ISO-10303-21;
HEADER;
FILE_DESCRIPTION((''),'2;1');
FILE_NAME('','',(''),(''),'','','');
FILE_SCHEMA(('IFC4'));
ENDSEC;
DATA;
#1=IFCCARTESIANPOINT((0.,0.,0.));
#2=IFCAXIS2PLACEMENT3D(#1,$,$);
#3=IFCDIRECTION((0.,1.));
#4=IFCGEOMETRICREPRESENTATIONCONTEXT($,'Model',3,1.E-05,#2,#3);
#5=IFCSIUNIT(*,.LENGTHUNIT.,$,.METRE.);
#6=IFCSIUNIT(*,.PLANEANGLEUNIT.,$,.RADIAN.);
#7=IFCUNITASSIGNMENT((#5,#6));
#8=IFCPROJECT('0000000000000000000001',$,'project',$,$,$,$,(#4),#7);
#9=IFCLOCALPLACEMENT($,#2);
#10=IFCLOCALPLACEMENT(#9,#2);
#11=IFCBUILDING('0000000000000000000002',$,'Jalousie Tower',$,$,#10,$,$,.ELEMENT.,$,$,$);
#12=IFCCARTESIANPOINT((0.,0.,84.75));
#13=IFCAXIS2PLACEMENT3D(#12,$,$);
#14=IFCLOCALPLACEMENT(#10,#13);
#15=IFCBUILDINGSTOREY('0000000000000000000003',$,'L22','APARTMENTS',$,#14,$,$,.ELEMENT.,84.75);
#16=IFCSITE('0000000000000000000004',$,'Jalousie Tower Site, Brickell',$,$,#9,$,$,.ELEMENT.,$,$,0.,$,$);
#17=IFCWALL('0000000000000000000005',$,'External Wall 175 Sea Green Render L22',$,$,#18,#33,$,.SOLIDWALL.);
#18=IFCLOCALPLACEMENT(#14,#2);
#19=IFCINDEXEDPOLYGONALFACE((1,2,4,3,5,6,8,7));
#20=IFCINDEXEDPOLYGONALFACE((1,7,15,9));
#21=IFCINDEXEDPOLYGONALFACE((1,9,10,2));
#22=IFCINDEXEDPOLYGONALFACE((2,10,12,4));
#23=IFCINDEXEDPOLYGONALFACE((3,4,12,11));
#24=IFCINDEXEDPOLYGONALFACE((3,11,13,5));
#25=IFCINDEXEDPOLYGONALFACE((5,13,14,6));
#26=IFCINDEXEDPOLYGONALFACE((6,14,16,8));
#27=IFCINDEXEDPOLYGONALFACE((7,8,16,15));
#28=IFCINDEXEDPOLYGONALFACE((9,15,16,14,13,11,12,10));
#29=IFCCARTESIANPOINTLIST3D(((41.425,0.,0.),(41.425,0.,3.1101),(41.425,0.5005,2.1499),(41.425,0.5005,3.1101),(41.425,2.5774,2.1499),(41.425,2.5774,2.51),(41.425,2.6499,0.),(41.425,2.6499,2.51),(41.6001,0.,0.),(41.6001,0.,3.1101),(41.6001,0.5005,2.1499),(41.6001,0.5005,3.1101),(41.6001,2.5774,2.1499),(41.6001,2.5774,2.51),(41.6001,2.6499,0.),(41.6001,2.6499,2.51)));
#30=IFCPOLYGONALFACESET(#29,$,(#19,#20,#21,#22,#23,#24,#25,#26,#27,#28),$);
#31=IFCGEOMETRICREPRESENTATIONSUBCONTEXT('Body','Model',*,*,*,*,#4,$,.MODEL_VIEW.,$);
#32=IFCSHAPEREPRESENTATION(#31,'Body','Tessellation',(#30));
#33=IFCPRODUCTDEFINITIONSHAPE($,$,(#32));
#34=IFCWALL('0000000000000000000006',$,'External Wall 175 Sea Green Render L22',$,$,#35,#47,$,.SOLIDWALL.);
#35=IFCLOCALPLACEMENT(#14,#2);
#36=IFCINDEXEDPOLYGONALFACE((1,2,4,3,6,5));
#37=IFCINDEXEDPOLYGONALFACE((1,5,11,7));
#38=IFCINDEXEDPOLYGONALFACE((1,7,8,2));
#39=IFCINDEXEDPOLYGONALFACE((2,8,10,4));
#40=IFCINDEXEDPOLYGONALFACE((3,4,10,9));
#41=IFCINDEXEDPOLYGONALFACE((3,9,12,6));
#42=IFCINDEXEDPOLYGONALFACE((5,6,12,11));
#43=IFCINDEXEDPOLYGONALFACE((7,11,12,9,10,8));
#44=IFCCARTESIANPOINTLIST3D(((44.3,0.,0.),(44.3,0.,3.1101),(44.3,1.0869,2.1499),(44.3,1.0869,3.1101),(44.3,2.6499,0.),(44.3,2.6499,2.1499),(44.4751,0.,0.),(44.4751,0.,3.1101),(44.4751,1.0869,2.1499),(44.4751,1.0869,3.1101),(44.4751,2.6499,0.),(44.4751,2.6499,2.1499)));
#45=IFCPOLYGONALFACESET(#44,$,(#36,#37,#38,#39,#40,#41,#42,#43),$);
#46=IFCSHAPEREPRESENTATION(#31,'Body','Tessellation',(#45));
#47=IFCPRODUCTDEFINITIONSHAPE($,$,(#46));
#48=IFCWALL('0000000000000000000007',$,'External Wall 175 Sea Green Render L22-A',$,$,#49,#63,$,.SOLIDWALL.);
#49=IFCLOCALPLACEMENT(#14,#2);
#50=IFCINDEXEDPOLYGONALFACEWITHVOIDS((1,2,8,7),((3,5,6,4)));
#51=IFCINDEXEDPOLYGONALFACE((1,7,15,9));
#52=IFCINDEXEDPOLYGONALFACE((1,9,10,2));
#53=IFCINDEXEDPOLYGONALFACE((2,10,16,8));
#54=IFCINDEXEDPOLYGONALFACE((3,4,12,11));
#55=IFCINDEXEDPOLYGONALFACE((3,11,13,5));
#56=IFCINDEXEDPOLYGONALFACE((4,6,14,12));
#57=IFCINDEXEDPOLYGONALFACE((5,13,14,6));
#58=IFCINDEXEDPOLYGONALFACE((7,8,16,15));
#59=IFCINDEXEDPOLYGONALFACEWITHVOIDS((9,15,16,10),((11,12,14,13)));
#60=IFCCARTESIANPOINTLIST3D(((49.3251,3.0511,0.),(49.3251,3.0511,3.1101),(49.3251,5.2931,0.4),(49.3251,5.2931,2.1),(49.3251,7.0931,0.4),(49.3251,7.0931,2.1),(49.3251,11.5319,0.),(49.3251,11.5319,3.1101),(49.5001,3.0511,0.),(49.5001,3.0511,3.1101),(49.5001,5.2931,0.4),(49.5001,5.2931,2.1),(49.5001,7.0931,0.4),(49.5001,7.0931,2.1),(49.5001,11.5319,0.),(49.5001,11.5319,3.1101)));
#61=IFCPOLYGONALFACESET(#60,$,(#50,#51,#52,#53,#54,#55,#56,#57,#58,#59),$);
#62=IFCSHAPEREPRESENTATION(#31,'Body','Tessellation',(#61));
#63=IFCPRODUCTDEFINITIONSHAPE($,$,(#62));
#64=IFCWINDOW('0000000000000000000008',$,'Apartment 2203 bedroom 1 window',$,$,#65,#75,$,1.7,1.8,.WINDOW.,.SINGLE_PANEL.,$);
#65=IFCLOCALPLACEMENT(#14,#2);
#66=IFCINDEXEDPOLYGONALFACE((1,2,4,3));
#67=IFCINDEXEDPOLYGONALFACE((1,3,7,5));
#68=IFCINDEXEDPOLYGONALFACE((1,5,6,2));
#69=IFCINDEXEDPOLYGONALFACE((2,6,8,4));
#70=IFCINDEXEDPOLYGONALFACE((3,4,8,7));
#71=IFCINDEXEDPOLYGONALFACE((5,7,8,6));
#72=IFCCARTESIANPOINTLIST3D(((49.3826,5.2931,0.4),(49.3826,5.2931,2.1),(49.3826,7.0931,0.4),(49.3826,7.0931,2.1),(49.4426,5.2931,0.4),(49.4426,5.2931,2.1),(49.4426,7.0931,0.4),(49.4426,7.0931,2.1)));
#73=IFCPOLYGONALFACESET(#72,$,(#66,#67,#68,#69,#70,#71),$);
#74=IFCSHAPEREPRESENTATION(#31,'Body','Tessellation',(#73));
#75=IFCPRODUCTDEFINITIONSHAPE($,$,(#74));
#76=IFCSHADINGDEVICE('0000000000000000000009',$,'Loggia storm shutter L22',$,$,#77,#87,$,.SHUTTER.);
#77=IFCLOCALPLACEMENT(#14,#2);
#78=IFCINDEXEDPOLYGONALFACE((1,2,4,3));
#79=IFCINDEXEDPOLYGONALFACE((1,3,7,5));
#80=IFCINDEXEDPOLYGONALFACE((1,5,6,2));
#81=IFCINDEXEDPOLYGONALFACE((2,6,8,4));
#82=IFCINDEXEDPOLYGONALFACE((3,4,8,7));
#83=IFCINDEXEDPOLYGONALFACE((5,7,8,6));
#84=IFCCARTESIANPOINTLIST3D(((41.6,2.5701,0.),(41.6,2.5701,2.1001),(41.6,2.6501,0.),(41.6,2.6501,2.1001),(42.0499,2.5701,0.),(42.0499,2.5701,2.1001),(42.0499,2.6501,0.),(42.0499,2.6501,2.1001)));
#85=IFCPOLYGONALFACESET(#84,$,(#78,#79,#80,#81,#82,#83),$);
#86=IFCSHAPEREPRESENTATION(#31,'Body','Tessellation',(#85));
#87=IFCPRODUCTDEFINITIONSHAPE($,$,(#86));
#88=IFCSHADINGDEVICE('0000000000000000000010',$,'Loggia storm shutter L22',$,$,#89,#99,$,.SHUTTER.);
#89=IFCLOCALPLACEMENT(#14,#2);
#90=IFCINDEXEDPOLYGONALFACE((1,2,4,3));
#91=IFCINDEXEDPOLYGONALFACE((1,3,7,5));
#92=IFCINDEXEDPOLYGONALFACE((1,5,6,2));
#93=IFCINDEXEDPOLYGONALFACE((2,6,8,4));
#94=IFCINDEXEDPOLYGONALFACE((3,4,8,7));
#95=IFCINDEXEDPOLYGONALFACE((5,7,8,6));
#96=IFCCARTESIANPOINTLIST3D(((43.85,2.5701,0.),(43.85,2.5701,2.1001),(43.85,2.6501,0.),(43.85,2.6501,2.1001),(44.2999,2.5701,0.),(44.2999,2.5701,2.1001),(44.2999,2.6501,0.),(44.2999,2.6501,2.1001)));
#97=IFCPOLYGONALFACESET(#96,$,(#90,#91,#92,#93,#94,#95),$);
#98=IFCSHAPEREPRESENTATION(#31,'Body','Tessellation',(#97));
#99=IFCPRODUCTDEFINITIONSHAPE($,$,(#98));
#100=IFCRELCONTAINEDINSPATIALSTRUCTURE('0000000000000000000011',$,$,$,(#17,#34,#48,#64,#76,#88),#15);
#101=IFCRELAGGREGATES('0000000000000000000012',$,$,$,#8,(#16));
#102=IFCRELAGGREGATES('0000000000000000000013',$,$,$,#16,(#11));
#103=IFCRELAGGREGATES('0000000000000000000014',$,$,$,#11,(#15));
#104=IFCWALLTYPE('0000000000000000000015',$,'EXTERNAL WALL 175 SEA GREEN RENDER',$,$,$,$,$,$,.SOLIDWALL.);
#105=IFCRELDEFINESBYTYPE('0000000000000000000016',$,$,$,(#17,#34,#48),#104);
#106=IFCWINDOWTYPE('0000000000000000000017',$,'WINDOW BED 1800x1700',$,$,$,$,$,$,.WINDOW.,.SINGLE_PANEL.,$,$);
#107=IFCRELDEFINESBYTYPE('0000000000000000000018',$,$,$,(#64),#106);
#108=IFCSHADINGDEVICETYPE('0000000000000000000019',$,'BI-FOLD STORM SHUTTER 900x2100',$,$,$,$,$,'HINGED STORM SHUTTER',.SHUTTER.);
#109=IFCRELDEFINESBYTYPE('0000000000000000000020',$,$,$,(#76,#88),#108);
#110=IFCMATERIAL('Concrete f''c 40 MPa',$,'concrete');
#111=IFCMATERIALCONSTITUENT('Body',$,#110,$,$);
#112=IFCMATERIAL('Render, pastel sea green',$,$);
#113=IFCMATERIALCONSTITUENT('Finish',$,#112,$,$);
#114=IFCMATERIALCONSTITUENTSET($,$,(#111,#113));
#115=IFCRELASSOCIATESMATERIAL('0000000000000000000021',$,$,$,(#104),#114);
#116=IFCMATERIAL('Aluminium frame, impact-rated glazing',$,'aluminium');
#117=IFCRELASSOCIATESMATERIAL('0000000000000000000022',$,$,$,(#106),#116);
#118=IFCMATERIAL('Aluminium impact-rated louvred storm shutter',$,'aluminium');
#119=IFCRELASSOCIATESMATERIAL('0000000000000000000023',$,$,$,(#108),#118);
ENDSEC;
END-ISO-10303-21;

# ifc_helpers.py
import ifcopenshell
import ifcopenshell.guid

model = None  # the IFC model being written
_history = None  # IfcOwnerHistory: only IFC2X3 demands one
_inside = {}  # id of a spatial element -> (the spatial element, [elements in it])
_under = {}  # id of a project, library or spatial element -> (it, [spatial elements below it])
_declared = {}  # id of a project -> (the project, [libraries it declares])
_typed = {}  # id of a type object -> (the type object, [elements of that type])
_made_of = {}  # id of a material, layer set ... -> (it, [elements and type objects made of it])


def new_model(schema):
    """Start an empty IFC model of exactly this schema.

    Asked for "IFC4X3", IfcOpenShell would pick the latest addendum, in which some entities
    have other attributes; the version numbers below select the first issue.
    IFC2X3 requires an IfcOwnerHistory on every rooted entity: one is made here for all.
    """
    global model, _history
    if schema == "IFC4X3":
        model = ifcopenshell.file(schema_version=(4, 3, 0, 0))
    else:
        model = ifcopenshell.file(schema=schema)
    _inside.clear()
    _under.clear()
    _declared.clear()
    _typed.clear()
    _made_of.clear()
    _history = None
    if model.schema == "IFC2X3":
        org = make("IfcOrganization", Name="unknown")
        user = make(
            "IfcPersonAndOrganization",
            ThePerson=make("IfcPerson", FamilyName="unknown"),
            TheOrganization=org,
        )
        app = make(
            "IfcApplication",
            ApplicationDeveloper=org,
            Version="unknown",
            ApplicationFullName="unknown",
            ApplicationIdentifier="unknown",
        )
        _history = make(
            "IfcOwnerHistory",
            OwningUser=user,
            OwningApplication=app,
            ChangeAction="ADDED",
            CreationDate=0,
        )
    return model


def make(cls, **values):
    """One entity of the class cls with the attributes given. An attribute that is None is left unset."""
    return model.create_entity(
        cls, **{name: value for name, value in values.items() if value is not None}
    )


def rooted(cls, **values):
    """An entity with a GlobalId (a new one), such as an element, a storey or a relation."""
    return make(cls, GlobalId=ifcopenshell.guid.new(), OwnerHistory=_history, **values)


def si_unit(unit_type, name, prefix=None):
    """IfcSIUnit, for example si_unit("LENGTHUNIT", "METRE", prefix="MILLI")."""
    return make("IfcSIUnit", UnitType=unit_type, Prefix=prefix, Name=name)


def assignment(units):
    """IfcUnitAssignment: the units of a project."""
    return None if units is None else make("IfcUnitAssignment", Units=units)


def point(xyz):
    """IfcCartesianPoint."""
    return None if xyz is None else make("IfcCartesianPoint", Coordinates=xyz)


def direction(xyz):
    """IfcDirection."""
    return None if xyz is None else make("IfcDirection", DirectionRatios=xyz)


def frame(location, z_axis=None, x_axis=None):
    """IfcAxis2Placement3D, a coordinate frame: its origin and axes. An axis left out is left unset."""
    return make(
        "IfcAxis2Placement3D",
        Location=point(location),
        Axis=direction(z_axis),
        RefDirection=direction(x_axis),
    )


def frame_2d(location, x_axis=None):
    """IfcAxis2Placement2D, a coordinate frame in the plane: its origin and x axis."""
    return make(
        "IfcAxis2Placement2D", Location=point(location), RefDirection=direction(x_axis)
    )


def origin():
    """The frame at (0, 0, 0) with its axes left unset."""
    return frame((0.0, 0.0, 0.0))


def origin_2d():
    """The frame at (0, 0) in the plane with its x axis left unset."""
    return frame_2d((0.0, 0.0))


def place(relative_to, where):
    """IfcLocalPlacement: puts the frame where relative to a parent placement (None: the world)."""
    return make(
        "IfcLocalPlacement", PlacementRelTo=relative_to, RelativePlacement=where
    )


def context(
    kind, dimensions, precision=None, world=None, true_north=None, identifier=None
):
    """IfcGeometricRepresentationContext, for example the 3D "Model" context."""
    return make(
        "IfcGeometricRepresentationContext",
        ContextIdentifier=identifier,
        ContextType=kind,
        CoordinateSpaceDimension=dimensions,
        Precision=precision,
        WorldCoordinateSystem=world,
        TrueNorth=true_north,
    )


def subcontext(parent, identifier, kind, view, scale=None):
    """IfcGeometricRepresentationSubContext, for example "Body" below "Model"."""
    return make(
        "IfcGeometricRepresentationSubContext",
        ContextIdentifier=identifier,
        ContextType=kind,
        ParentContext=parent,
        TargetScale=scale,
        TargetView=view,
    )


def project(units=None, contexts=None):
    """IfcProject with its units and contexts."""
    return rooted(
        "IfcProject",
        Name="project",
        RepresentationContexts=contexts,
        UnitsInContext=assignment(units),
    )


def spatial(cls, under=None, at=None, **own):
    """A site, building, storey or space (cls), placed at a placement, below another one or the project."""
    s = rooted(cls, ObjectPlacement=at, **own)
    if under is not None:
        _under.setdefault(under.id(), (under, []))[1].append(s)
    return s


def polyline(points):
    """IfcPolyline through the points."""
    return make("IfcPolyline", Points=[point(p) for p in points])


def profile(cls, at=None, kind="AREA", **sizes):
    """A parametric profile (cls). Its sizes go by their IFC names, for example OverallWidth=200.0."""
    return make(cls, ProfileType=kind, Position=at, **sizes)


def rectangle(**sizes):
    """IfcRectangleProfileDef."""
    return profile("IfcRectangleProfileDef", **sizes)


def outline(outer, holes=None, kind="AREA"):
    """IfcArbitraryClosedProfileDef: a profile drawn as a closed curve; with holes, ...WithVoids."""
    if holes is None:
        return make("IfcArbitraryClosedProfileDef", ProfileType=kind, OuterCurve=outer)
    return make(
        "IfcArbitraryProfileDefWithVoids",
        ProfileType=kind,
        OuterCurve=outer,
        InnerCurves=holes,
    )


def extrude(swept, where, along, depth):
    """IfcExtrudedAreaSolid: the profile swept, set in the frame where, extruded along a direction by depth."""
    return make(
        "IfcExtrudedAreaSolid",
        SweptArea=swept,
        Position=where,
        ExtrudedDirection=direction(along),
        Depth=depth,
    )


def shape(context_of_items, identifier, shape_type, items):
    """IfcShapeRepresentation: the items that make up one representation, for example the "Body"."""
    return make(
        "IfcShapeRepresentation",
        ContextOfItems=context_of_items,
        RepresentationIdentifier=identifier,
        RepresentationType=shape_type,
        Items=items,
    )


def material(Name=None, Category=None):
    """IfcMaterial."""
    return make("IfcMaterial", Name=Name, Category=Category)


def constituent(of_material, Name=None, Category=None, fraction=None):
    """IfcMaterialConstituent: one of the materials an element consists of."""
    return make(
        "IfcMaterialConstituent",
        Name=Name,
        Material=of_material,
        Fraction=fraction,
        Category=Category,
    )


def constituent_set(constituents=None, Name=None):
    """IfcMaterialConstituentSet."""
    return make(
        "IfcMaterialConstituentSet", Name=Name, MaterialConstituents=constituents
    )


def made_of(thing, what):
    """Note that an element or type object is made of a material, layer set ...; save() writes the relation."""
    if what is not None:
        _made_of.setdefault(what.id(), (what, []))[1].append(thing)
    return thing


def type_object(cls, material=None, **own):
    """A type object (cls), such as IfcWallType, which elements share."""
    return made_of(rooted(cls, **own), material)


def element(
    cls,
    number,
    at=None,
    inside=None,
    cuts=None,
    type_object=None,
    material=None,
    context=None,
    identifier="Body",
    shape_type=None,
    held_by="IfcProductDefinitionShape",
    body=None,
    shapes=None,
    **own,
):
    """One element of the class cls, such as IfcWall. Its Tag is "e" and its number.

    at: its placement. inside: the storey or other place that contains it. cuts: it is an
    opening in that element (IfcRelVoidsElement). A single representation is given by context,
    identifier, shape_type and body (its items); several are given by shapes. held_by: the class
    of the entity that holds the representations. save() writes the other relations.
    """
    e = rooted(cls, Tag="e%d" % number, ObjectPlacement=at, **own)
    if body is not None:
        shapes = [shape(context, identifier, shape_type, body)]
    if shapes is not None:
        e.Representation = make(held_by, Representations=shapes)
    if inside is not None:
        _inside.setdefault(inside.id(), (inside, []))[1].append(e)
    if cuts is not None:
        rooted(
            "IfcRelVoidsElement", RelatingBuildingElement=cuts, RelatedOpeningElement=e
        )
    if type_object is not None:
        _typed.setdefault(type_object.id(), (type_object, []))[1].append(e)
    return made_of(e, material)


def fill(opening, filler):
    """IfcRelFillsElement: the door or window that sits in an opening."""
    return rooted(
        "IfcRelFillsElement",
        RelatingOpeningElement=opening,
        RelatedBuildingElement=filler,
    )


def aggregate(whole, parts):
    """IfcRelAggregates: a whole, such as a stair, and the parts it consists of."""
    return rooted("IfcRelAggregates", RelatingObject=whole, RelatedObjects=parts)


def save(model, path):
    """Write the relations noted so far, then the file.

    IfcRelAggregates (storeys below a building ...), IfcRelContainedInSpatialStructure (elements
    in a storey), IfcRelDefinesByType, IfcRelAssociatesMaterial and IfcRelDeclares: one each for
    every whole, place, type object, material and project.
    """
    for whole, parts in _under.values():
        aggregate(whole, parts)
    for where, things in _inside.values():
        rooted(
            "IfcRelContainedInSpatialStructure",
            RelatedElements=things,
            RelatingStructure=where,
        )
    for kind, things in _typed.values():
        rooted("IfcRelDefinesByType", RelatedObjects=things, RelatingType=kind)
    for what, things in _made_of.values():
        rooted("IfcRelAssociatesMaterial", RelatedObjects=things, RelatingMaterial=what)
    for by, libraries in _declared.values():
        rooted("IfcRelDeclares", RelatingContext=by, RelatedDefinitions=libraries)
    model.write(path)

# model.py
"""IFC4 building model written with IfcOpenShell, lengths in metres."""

from ifc_helpers import new_model, si_unit, direction, frame, frame_2d, origin, origin_2d, place, context, subcontext, project, spatial, polyline, rectangle, outline, extrude, material, constituent, constituent_set, type_object, element, fill, save


model = new_model("IFC4")

# Units and contexts
model_context = context("Model", 3, precision=1e-05, world=origin(), true_north=direction((0.0, 1.0)))
body_context = subcontext(model_context, "Body", "Model", "MODEL_VIEW")
ifc_project = project(units=[si_unit("LENGTHUNIT", "METRE"), si_unit("PLANEANGLEUNIT", "RADIAN")], contexts=[model_context])

# Site, building, storey
site_placement = place(None, origin())
site = spatial("IfcSite", under=ifc_project, at=site_placement, Name="Jalousie Tower Site, Brickell", CompositionType="ELEMENT", RefElevation=0.0)
building_placement = place(site_placement, origin())
building = spatial("IfcBuilding", under=site, at=building_placement, Name="Jalousie Tower", CompositionType="ELEMENT")
storey_placement = place(building_placement, frame((0.0, 0.0, 84.75)))
storey = spatial("IfcBuildingStorey", under=building, at=storey_placement, Name="L22", Description="APARTMENTS", CompositionType="ELEMENT", Elevation=84.75)

# Shared definitions
ifc_material_1 = material(Name="Concrete f'c 40 MPa", Category="concrete")
ifc_constituent_1 = constituent(ifc_material_1, Name="Body")
ifc_material_2 = material(Name="Render, pastel sea green")
ifc_constituent_2 = constituent(ifc_material_2, Name="Finish")
ifc_constituent_set = constituent_set(constituents=[ifc_constituent_1, ifc_constituent_2])
wall_type = type_object("IfcWallType", Name="EXTERNAL WALL 175 SEA GREEN RENDER", PredefinedType="SOLIDWALL", material=ifc_constituent_set)

# Walls
wall_1_placement = place(storey_placement, frame((41.5125, 0.0, 0.0), z_axis=(0.0, 0.0, 1.0), x_axis=(0.0, 1.0, 0.0)))
element("IfcWall", 1, at=wall_1_placement, inside=storey, type_object=wall_type, Name="External Wall 175 Sea Green Render L22", PredefinedType="SOLIDWALL", context=body_context, shape_type="SweptSolid", body=[
    extrude(outline(polyline([(0.0, 0.0), (2.6499, 0.0), (2.6499, 2.51), (2.5774, 2.51), (2.5774, 2.1499), (0.5005, 2.1499), (0.5005, 3.1101), (0.0, 3.1101), (0.0, 0.0)])), frame((0.0, 0.0874, 0.0), z_axis=(0.0, -1.0, 0.0), x_axis=(1.0, 0.0, 0.0)), (0.0, 0.0, 1.0), 0.175),
])
wall_2_placement = place(storey_placement, frame((44.3875, 0.0, 0.0), z_axis=(0.0, 0.0, 1.0), x_axis=(0.0, 1.0, 0.0)))
element("IfcWall", 2, at=wall_2_placement, inside=storey, type_object=wall_type, Name="External Wall 175 Sea Green Render L22", PredefinedType="SOLIDWALL", context=body_context, shape_type="SweptSolid", body=[
    extrude(outline(polyline([(0.0, 0.0), (2.6499, 0.0), (2.6499, 2.1499), (1.0869, 2.1499), (1.0869, 3.1101), (0.0, 3.1101), (0.0, 0.0)])), frame((0.0, 0.0874, 0.0), z_axis=(0.0, -1.0, 0.0), x_axis=(1.0, 0.0, 0.0)), (0.0, 0.0, 1.0), 0.175),
])

# Wall, opening, window
wall_3_placement = place(storey_placement, frame((49.4126, 3.0513, 0.0), z_axis=(0.0, 0.0, 1.0), x_axis=(0.0, 1.0, 0.0)))
wall_3 = element("IfcWall", 3, at=wall_3_placement, inside=storey, type_object=wall_type, Name="External Wall 175 Sea Green Render L22-A", PredefinedType="SOLIDWALL", context=body_context, shape_type="SweptSolid", body=[
    extrude(rectangle(XDim=8.4807, YDim=0.175, at=frame_2d((4.2402, 0.0))), origin(), (0.0, 0.0, 1.0), 3.1101),
])
opening_1_placement = place(wall_3_placement, frame((2.2419, 0.0, 0.3999)))
opening_1 = element("IfcOpeningElement", 4, at=opening_1_placement, cuts=wall_3, PredefinedType="OPENING", context=body_context, shape_type="SweptSolid", body=[
    extrude(rectangle(XDim=1.8, YDim=1.7, at=frame_2d((0.8999, 0.8501))), frame((0.0, 0.0974, 0.0), z_axis=(0.0, -1.0, 0.0), x_axis=(1.0, 0.0, 0.0)), (0.0, 0.0, 1.0), 0.1951),
])
ifc_material_3 = material(Name="Aluminium frame, impact-rated glazing", Category="aluminium")
window_type = type_object("IfcWindowType", Name="WINDOW BED 1800x1700", PartitioningType="SINGLE_PANEL", PredefinedType="WINDOW", material=ifc_material_3)
window_placement = place(opening_1_placement, origin())
window = element("IfcWindow", 5, at=window_placement, inside=storey, type_object=window_type, Name="Apartment 2203 bedroom 1 window", OverallHeight=1.7, OverallWidth=1.8, PartitioningType="SINGLE_PANEL", PredefinedType="WINDOW", context=body_context, shape_type="SweptSolid", body=[
    extrude(rectangle(XDim=1.8, YDim=1.7, at=frame_2d((0.8999, 0.8501))), frame((0.0, 0.03, 0.0), z_axis=(0.0, -1.0, 0.0), x_axis=(1.0, 0.0, 0.0)), (0.0, 0.0, 1.0), 0.0601),
])
fill(opening_1, window)

# Shading devices
ifc_material_4 = material(Name="Aluminium impact-rated louvred storm shutter", Category="aluminium")
shading_device_type_1 = type_object("IfcShadingDeviceType", Name="BI-FOLD STORM SHUTTER 900x2100", ElementType="HINGED STORM SHUTTER", PredefinedType="SHUTTER", material=ifc_material_4)
for number, where, z_axis, x_axis, name in (
    (6, (41.825, 2.6101, 0.0), (0.0, 0.0, 1.0), (1.0, 0.0, 0.0), "Loggia storm shutter L22"),
    (7, (44.075, 2.6101, 0.0), (0.0, 0.0, 1.0), (1.0, 0.0, 0.0), "Loggia storm shutter L22"),
):
    element("IfcShadingDevice", number, at=place(storey_placement, frame(where, z_axis=z_axis, x_axis=x_axis)), inside=storey, type_object=shading_device_type_1, Name=name, PredefinedType="SHUTTER", context=body_context, shape_type="SweptSolid", body=[
        extrude(rectangle(XDim=0.45, YDim=0.0801, at=origin_2d()), origin(), (0.0, 0.0, 1.0), 2.1001),
    ])

save(model, "model.ifc")
